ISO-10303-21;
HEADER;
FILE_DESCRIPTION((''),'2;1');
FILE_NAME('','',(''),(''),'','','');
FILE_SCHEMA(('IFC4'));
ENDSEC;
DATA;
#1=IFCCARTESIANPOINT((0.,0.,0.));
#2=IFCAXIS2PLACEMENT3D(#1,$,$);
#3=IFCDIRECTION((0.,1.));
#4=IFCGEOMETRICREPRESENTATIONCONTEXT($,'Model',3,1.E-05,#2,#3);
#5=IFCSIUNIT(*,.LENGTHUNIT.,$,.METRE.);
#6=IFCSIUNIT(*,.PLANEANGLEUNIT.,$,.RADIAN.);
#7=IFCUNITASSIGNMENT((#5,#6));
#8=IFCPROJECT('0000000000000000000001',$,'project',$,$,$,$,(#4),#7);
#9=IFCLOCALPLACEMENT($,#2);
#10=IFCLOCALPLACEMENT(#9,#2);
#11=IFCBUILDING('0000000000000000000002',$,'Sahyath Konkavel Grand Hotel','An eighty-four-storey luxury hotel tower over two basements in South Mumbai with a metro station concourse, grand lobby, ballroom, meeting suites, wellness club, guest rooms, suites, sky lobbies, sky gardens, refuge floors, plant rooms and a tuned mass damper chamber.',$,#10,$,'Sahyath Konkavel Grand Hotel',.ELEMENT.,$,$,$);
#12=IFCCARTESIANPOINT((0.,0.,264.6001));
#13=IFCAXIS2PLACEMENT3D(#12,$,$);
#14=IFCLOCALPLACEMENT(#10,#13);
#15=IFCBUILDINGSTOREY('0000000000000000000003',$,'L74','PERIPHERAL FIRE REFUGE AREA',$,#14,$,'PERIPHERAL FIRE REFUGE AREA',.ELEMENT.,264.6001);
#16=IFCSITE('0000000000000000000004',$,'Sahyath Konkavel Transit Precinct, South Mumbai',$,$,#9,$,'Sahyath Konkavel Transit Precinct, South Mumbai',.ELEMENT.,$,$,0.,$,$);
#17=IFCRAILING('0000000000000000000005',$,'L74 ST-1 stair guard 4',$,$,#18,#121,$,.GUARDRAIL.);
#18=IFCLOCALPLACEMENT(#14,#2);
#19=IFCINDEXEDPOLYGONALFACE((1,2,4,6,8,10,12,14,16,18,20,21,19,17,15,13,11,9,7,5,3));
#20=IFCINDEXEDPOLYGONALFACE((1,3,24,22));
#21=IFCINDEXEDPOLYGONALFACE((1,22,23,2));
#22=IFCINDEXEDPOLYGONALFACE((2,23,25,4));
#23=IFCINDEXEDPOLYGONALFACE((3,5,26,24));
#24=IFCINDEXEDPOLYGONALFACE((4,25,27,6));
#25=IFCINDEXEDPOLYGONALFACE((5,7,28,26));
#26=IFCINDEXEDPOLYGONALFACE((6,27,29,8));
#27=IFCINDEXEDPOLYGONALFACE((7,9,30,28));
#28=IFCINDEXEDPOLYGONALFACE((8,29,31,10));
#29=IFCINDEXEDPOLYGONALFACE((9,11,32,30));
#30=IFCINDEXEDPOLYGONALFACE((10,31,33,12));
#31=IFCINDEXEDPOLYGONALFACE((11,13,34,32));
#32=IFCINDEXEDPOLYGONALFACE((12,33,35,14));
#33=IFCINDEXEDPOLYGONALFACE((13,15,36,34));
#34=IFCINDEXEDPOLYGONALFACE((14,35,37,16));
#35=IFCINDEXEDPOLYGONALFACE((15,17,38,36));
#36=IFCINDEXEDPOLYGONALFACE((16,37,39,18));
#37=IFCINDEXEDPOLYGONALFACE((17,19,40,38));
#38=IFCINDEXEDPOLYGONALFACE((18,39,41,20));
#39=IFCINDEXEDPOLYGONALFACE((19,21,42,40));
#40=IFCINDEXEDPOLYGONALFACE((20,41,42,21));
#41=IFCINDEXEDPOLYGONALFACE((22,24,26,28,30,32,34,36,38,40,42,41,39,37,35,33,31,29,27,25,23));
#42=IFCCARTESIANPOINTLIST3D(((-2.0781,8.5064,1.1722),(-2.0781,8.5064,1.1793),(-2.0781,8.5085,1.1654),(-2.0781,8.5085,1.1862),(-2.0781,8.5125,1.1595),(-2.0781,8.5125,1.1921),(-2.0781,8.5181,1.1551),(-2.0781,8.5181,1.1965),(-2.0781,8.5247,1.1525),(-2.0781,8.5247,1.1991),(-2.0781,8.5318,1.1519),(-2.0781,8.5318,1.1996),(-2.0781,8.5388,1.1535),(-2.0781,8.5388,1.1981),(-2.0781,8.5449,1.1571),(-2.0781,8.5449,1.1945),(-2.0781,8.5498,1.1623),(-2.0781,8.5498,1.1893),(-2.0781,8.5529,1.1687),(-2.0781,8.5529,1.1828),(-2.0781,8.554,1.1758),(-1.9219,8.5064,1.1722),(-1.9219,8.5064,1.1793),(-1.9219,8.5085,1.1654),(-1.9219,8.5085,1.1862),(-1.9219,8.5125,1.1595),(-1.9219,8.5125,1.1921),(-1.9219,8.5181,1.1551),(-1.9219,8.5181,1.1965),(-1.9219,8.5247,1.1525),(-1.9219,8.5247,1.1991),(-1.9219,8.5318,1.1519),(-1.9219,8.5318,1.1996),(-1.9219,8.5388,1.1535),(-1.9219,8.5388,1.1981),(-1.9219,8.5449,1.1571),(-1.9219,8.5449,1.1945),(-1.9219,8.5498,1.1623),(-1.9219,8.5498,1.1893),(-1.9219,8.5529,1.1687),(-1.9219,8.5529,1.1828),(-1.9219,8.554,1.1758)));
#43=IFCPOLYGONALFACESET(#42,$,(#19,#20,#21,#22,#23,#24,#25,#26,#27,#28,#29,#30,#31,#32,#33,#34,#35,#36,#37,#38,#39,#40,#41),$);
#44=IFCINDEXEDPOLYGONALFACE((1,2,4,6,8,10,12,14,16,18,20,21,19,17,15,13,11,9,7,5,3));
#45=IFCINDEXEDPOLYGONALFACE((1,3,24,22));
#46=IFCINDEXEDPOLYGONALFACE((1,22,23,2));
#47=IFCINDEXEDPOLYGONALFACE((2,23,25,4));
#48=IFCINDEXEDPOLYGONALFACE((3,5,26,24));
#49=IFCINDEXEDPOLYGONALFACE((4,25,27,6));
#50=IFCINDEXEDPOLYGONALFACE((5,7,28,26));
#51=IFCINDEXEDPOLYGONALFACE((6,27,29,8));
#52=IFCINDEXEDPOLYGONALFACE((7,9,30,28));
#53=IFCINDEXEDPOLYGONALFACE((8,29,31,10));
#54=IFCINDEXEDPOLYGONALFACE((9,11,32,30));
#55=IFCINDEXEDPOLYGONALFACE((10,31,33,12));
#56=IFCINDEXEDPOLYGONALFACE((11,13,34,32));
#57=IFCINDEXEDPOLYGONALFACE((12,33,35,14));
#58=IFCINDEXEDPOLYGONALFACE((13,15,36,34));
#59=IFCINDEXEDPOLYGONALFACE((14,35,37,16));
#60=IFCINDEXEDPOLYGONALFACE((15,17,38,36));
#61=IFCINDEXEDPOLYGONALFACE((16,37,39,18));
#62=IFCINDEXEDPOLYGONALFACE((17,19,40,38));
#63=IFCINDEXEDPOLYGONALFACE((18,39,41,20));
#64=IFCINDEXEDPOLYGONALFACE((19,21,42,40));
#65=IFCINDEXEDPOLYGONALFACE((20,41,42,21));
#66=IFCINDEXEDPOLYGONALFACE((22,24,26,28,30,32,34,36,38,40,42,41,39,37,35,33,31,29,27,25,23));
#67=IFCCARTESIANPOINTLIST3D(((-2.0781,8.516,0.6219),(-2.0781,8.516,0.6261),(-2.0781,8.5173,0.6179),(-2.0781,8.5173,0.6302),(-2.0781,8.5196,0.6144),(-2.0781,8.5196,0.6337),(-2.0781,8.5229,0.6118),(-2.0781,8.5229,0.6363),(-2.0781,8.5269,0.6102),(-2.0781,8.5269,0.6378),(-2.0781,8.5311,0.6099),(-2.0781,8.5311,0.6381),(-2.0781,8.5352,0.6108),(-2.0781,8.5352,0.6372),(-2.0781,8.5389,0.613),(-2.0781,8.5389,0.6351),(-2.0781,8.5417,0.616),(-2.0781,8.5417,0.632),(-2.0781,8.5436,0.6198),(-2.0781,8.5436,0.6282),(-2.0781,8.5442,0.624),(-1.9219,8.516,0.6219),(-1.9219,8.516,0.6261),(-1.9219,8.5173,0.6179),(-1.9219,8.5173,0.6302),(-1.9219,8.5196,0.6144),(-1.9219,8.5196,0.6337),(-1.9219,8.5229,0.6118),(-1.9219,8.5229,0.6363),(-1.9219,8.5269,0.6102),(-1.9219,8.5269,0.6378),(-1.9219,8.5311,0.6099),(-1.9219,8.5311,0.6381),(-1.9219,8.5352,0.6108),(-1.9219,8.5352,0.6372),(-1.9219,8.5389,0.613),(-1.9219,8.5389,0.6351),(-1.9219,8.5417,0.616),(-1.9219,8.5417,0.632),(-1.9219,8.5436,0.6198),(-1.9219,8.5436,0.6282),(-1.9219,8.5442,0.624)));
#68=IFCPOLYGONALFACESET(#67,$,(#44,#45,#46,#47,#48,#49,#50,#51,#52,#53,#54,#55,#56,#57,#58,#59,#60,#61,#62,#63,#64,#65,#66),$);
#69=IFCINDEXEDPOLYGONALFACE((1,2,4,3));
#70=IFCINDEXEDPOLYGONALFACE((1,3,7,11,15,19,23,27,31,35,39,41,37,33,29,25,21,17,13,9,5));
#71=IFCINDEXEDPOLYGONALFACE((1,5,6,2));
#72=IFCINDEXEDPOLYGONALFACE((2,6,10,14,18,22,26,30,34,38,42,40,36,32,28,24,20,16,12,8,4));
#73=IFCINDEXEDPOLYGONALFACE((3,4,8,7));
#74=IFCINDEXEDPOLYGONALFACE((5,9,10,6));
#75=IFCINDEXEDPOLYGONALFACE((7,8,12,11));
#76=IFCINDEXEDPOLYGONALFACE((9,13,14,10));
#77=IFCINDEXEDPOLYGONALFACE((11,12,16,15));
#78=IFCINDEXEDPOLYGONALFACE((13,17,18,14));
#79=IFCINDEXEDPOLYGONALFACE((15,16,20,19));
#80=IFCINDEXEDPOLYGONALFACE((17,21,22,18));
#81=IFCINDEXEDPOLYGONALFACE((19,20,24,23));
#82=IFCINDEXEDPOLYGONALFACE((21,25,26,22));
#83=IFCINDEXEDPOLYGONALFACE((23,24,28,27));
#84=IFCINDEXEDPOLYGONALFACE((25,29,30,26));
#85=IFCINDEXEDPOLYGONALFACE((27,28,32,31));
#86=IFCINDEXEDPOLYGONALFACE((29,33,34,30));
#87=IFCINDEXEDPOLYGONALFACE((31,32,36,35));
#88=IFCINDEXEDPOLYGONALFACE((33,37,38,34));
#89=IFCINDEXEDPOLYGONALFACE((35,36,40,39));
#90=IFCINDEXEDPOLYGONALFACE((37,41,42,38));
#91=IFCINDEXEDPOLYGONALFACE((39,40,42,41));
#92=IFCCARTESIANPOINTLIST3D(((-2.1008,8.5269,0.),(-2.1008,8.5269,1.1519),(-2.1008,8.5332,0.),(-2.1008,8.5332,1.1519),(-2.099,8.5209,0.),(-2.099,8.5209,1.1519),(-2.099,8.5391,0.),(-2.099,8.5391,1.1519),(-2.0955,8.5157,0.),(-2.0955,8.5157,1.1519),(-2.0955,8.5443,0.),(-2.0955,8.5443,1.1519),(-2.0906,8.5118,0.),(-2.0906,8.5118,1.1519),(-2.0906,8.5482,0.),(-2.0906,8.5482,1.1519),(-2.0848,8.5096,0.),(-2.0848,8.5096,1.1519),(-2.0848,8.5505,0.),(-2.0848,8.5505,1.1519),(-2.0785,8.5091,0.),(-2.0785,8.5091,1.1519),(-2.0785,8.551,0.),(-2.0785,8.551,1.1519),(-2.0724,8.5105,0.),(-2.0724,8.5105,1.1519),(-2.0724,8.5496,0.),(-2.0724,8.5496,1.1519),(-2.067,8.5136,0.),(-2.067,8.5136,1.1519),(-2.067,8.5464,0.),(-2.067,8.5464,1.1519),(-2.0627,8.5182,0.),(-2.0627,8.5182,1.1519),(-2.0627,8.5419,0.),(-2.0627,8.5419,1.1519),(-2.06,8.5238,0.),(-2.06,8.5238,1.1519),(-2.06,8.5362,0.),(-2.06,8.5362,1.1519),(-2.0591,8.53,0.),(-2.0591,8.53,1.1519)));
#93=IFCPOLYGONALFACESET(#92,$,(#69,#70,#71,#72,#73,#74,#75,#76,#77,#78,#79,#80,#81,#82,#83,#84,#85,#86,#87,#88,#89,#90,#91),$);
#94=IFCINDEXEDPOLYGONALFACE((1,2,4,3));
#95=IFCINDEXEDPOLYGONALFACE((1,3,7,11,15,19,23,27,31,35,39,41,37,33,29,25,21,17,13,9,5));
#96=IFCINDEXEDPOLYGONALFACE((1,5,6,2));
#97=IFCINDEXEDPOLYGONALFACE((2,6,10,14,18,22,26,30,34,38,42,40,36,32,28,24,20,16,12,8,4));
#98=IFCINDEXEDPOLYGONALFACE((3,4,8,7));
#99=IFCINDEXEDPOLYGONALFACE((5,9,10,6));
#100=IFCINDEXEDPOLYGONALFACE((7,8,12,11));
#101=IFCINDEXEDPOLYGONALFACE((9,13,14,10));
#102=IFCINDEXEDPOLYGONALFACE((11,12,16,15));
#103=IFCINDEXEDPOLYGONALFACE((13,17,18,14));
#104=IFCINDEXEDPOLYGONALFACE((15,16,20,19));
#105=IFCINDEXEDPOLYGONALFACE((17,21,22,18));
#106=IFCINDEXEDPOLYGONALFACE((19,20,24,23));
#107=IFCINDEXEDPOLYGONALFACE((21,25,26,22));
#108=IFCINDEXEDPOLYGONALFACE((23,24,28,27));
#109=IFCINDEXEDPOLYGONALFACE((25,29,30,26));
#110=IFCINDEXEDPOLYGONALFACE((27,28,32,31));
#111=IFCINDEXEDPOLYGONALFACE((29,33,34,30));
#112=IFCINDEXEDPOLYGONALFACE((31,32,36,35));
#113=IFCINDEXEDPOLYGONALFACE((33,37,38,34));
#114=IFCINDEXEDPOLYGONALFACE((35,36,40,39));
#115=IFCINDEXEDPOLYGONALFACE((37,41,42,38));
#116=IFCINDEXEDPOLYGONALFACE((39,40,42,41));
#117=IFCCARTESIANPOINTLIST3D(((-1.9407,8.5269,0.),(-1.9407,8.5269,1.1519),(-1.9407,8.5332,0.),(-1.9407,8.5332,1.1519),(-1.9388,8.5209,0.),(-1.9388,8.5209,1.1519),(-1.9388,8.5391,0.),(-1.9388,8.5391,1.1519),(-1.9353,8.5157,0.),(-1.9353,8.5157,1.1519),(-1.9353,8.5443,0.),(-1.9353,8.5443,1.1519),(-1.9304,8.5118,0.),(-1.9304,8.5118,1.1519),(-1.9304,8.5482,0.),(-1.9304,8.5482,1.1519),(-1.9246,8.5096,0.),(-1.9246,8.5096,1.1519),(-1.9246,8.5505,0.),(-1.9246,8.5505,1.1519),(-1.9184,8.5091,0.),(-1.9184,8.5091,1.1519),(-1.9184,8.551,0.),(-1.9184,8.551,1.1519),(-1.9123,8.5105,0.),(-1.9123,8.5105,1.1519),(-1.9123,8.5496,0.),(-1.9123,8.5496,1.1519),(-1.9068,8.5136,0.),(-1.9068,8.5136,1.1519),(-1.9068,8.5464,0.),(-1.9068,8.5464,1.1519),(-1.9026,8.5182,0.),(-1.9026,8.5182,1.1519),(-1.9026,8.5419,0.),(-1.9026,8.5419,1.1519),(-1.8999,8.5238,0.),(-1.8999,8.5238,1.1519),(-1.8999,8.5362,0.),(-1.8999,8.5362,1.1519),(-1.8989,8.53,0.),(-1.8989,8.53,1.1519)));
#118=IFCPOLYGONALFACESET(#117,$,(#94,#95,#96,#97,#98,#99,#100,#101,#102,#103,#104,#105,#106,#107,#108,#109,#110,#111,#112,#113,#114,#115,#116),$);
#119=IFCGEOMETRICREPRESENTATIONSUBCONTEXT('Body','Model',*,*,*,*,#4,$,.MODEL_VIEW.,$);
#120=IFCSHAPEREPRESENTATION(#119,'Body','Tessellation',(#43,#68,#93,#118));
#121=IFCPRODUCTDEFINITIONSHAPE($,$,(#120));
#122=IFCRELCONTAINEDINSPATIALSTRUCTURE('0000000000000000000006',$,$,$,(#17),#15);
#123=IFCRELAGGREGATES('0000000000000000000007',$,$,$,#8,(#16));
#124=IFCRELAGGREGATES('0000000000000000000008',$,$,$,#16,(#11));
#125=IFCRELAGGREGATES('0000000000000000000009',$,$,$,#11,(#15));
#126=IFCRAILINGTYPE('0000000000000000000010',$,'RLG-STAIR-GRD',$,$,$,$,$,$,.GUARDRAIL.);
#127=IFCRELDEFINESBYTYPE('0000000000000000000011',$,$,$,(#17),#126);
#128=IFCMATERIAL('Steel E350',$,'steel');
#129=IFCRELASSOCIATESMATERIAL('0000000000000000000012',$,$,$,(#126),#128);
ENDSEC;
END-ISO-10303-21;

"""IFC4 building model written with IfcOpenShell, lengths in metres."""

from ifc_helpers import new_model, si_unit, direction, frame, origin, origin_2d, place, context, subcontext, project, spatial, circle, extrude, material, type_object, element, save


model = new_model("IFC4")

# Units and contexts
model_context = context("Model", 3, precision=1e-05, world=origin(), true_north=direction((0.0, 1.0)))
body_context = subcontext(model_context, "Body", "Model", "MODEL_VIEW")
ifc_project = project(units=[si_unit("LENGTHUNIT", "METRE"), si_unit("PLANEANGLEUNIT", "RADIAN")], contexts=[model_context])

# Site, building, storey
site_placement = place(None, origin())
site = spatial("IfcSite", under=ifc_project, at=site_placement, Name="Sahyath Konkavel Transit Precinct, South Mumbai", LongName="Sahyath Konkavel Transit Precinct, South Mumbai", CompositionType="ELEMENT", RefElevation=0.0)
building_placement = place(site_placement, origin())
building = spatial("IfcBuilding", under=site, at=building_placement, Name="Sahyath Konkavel Grand Hotel", Description="An eighty-four-storey luxury hotel tower over two basements in South Mumbai with a metro station concourse, grand lobby, ballroom, meeting suites, wellness club, guest rooms, suites, sky lobbies, sky gardens, refuge floors, plant rooms and a tuned mass damper chamber.", LongName="Sahyath Konkavel Grand Hotel", CompositionType="ELEMENT")
storey_placement = place(building_placement, frame((0.0, 0.0, 264.6001)))
storey = spatial("IfcBuildingStorey", under=building, at=storey_placement, Name="L74", Description="PERIPHERAL FIRE REFUGE AREA", LongName="PERIPHERAL FIRE REFUGE AREA", CompositionType="ELEMENT", Elevation=264.6001)

# Shared definitions
ifc_material_1 = material(Name="Steel E350", Category="steel")

# Railing
railing_type_1 = type_object("IfcRailingType", Name="RLG-STAIR-GRD", PredefinedType="GUARDRAIL", material=ifc_material_1)
railing_1_placement = place(storey_placement, frame((-2.0801, 8.53, 0.0)))
element("IfcRailing", 1, at=railing_1_placement, inside=storey, type_object=railing_type_1, Name="L74 ST-1 stair guard 4", PredefinedType="GUARDRAIL", context=body_context, shape_type="SweptSolid", body=[
    extrude(circle(Radius=0.0239, at=origin_2d()), frame((0.002, 0.0, 1.1758), z_axis=(1.0, 0.0, 0.0), x_axis=(0.0, 1.0, 0.0)), (0.0, 0.0, 1.0), 0.1562),
    extrude(circle(Radius=0.0142, at=origin_2d()), frame((0.002, 0.0, 0.624), z_axis=(1.0, 0.0, 0.0), x_axis=(0.0, 1.0, 0.0)), (0.0, 0.0, 1.0), 0.1562),
    extrude(circle(Radius=0.021, at=origin_2d()), origin(), (0.0, 0.0, 1.0), 1.1519),
    extrude(circle(Radius=0.021, at=origin_2d()), frame((0.1602, 0.0, 0.0)), (0.0, 0.0, 1.0), 1.1519),
])

save(model, "model.ifc")
